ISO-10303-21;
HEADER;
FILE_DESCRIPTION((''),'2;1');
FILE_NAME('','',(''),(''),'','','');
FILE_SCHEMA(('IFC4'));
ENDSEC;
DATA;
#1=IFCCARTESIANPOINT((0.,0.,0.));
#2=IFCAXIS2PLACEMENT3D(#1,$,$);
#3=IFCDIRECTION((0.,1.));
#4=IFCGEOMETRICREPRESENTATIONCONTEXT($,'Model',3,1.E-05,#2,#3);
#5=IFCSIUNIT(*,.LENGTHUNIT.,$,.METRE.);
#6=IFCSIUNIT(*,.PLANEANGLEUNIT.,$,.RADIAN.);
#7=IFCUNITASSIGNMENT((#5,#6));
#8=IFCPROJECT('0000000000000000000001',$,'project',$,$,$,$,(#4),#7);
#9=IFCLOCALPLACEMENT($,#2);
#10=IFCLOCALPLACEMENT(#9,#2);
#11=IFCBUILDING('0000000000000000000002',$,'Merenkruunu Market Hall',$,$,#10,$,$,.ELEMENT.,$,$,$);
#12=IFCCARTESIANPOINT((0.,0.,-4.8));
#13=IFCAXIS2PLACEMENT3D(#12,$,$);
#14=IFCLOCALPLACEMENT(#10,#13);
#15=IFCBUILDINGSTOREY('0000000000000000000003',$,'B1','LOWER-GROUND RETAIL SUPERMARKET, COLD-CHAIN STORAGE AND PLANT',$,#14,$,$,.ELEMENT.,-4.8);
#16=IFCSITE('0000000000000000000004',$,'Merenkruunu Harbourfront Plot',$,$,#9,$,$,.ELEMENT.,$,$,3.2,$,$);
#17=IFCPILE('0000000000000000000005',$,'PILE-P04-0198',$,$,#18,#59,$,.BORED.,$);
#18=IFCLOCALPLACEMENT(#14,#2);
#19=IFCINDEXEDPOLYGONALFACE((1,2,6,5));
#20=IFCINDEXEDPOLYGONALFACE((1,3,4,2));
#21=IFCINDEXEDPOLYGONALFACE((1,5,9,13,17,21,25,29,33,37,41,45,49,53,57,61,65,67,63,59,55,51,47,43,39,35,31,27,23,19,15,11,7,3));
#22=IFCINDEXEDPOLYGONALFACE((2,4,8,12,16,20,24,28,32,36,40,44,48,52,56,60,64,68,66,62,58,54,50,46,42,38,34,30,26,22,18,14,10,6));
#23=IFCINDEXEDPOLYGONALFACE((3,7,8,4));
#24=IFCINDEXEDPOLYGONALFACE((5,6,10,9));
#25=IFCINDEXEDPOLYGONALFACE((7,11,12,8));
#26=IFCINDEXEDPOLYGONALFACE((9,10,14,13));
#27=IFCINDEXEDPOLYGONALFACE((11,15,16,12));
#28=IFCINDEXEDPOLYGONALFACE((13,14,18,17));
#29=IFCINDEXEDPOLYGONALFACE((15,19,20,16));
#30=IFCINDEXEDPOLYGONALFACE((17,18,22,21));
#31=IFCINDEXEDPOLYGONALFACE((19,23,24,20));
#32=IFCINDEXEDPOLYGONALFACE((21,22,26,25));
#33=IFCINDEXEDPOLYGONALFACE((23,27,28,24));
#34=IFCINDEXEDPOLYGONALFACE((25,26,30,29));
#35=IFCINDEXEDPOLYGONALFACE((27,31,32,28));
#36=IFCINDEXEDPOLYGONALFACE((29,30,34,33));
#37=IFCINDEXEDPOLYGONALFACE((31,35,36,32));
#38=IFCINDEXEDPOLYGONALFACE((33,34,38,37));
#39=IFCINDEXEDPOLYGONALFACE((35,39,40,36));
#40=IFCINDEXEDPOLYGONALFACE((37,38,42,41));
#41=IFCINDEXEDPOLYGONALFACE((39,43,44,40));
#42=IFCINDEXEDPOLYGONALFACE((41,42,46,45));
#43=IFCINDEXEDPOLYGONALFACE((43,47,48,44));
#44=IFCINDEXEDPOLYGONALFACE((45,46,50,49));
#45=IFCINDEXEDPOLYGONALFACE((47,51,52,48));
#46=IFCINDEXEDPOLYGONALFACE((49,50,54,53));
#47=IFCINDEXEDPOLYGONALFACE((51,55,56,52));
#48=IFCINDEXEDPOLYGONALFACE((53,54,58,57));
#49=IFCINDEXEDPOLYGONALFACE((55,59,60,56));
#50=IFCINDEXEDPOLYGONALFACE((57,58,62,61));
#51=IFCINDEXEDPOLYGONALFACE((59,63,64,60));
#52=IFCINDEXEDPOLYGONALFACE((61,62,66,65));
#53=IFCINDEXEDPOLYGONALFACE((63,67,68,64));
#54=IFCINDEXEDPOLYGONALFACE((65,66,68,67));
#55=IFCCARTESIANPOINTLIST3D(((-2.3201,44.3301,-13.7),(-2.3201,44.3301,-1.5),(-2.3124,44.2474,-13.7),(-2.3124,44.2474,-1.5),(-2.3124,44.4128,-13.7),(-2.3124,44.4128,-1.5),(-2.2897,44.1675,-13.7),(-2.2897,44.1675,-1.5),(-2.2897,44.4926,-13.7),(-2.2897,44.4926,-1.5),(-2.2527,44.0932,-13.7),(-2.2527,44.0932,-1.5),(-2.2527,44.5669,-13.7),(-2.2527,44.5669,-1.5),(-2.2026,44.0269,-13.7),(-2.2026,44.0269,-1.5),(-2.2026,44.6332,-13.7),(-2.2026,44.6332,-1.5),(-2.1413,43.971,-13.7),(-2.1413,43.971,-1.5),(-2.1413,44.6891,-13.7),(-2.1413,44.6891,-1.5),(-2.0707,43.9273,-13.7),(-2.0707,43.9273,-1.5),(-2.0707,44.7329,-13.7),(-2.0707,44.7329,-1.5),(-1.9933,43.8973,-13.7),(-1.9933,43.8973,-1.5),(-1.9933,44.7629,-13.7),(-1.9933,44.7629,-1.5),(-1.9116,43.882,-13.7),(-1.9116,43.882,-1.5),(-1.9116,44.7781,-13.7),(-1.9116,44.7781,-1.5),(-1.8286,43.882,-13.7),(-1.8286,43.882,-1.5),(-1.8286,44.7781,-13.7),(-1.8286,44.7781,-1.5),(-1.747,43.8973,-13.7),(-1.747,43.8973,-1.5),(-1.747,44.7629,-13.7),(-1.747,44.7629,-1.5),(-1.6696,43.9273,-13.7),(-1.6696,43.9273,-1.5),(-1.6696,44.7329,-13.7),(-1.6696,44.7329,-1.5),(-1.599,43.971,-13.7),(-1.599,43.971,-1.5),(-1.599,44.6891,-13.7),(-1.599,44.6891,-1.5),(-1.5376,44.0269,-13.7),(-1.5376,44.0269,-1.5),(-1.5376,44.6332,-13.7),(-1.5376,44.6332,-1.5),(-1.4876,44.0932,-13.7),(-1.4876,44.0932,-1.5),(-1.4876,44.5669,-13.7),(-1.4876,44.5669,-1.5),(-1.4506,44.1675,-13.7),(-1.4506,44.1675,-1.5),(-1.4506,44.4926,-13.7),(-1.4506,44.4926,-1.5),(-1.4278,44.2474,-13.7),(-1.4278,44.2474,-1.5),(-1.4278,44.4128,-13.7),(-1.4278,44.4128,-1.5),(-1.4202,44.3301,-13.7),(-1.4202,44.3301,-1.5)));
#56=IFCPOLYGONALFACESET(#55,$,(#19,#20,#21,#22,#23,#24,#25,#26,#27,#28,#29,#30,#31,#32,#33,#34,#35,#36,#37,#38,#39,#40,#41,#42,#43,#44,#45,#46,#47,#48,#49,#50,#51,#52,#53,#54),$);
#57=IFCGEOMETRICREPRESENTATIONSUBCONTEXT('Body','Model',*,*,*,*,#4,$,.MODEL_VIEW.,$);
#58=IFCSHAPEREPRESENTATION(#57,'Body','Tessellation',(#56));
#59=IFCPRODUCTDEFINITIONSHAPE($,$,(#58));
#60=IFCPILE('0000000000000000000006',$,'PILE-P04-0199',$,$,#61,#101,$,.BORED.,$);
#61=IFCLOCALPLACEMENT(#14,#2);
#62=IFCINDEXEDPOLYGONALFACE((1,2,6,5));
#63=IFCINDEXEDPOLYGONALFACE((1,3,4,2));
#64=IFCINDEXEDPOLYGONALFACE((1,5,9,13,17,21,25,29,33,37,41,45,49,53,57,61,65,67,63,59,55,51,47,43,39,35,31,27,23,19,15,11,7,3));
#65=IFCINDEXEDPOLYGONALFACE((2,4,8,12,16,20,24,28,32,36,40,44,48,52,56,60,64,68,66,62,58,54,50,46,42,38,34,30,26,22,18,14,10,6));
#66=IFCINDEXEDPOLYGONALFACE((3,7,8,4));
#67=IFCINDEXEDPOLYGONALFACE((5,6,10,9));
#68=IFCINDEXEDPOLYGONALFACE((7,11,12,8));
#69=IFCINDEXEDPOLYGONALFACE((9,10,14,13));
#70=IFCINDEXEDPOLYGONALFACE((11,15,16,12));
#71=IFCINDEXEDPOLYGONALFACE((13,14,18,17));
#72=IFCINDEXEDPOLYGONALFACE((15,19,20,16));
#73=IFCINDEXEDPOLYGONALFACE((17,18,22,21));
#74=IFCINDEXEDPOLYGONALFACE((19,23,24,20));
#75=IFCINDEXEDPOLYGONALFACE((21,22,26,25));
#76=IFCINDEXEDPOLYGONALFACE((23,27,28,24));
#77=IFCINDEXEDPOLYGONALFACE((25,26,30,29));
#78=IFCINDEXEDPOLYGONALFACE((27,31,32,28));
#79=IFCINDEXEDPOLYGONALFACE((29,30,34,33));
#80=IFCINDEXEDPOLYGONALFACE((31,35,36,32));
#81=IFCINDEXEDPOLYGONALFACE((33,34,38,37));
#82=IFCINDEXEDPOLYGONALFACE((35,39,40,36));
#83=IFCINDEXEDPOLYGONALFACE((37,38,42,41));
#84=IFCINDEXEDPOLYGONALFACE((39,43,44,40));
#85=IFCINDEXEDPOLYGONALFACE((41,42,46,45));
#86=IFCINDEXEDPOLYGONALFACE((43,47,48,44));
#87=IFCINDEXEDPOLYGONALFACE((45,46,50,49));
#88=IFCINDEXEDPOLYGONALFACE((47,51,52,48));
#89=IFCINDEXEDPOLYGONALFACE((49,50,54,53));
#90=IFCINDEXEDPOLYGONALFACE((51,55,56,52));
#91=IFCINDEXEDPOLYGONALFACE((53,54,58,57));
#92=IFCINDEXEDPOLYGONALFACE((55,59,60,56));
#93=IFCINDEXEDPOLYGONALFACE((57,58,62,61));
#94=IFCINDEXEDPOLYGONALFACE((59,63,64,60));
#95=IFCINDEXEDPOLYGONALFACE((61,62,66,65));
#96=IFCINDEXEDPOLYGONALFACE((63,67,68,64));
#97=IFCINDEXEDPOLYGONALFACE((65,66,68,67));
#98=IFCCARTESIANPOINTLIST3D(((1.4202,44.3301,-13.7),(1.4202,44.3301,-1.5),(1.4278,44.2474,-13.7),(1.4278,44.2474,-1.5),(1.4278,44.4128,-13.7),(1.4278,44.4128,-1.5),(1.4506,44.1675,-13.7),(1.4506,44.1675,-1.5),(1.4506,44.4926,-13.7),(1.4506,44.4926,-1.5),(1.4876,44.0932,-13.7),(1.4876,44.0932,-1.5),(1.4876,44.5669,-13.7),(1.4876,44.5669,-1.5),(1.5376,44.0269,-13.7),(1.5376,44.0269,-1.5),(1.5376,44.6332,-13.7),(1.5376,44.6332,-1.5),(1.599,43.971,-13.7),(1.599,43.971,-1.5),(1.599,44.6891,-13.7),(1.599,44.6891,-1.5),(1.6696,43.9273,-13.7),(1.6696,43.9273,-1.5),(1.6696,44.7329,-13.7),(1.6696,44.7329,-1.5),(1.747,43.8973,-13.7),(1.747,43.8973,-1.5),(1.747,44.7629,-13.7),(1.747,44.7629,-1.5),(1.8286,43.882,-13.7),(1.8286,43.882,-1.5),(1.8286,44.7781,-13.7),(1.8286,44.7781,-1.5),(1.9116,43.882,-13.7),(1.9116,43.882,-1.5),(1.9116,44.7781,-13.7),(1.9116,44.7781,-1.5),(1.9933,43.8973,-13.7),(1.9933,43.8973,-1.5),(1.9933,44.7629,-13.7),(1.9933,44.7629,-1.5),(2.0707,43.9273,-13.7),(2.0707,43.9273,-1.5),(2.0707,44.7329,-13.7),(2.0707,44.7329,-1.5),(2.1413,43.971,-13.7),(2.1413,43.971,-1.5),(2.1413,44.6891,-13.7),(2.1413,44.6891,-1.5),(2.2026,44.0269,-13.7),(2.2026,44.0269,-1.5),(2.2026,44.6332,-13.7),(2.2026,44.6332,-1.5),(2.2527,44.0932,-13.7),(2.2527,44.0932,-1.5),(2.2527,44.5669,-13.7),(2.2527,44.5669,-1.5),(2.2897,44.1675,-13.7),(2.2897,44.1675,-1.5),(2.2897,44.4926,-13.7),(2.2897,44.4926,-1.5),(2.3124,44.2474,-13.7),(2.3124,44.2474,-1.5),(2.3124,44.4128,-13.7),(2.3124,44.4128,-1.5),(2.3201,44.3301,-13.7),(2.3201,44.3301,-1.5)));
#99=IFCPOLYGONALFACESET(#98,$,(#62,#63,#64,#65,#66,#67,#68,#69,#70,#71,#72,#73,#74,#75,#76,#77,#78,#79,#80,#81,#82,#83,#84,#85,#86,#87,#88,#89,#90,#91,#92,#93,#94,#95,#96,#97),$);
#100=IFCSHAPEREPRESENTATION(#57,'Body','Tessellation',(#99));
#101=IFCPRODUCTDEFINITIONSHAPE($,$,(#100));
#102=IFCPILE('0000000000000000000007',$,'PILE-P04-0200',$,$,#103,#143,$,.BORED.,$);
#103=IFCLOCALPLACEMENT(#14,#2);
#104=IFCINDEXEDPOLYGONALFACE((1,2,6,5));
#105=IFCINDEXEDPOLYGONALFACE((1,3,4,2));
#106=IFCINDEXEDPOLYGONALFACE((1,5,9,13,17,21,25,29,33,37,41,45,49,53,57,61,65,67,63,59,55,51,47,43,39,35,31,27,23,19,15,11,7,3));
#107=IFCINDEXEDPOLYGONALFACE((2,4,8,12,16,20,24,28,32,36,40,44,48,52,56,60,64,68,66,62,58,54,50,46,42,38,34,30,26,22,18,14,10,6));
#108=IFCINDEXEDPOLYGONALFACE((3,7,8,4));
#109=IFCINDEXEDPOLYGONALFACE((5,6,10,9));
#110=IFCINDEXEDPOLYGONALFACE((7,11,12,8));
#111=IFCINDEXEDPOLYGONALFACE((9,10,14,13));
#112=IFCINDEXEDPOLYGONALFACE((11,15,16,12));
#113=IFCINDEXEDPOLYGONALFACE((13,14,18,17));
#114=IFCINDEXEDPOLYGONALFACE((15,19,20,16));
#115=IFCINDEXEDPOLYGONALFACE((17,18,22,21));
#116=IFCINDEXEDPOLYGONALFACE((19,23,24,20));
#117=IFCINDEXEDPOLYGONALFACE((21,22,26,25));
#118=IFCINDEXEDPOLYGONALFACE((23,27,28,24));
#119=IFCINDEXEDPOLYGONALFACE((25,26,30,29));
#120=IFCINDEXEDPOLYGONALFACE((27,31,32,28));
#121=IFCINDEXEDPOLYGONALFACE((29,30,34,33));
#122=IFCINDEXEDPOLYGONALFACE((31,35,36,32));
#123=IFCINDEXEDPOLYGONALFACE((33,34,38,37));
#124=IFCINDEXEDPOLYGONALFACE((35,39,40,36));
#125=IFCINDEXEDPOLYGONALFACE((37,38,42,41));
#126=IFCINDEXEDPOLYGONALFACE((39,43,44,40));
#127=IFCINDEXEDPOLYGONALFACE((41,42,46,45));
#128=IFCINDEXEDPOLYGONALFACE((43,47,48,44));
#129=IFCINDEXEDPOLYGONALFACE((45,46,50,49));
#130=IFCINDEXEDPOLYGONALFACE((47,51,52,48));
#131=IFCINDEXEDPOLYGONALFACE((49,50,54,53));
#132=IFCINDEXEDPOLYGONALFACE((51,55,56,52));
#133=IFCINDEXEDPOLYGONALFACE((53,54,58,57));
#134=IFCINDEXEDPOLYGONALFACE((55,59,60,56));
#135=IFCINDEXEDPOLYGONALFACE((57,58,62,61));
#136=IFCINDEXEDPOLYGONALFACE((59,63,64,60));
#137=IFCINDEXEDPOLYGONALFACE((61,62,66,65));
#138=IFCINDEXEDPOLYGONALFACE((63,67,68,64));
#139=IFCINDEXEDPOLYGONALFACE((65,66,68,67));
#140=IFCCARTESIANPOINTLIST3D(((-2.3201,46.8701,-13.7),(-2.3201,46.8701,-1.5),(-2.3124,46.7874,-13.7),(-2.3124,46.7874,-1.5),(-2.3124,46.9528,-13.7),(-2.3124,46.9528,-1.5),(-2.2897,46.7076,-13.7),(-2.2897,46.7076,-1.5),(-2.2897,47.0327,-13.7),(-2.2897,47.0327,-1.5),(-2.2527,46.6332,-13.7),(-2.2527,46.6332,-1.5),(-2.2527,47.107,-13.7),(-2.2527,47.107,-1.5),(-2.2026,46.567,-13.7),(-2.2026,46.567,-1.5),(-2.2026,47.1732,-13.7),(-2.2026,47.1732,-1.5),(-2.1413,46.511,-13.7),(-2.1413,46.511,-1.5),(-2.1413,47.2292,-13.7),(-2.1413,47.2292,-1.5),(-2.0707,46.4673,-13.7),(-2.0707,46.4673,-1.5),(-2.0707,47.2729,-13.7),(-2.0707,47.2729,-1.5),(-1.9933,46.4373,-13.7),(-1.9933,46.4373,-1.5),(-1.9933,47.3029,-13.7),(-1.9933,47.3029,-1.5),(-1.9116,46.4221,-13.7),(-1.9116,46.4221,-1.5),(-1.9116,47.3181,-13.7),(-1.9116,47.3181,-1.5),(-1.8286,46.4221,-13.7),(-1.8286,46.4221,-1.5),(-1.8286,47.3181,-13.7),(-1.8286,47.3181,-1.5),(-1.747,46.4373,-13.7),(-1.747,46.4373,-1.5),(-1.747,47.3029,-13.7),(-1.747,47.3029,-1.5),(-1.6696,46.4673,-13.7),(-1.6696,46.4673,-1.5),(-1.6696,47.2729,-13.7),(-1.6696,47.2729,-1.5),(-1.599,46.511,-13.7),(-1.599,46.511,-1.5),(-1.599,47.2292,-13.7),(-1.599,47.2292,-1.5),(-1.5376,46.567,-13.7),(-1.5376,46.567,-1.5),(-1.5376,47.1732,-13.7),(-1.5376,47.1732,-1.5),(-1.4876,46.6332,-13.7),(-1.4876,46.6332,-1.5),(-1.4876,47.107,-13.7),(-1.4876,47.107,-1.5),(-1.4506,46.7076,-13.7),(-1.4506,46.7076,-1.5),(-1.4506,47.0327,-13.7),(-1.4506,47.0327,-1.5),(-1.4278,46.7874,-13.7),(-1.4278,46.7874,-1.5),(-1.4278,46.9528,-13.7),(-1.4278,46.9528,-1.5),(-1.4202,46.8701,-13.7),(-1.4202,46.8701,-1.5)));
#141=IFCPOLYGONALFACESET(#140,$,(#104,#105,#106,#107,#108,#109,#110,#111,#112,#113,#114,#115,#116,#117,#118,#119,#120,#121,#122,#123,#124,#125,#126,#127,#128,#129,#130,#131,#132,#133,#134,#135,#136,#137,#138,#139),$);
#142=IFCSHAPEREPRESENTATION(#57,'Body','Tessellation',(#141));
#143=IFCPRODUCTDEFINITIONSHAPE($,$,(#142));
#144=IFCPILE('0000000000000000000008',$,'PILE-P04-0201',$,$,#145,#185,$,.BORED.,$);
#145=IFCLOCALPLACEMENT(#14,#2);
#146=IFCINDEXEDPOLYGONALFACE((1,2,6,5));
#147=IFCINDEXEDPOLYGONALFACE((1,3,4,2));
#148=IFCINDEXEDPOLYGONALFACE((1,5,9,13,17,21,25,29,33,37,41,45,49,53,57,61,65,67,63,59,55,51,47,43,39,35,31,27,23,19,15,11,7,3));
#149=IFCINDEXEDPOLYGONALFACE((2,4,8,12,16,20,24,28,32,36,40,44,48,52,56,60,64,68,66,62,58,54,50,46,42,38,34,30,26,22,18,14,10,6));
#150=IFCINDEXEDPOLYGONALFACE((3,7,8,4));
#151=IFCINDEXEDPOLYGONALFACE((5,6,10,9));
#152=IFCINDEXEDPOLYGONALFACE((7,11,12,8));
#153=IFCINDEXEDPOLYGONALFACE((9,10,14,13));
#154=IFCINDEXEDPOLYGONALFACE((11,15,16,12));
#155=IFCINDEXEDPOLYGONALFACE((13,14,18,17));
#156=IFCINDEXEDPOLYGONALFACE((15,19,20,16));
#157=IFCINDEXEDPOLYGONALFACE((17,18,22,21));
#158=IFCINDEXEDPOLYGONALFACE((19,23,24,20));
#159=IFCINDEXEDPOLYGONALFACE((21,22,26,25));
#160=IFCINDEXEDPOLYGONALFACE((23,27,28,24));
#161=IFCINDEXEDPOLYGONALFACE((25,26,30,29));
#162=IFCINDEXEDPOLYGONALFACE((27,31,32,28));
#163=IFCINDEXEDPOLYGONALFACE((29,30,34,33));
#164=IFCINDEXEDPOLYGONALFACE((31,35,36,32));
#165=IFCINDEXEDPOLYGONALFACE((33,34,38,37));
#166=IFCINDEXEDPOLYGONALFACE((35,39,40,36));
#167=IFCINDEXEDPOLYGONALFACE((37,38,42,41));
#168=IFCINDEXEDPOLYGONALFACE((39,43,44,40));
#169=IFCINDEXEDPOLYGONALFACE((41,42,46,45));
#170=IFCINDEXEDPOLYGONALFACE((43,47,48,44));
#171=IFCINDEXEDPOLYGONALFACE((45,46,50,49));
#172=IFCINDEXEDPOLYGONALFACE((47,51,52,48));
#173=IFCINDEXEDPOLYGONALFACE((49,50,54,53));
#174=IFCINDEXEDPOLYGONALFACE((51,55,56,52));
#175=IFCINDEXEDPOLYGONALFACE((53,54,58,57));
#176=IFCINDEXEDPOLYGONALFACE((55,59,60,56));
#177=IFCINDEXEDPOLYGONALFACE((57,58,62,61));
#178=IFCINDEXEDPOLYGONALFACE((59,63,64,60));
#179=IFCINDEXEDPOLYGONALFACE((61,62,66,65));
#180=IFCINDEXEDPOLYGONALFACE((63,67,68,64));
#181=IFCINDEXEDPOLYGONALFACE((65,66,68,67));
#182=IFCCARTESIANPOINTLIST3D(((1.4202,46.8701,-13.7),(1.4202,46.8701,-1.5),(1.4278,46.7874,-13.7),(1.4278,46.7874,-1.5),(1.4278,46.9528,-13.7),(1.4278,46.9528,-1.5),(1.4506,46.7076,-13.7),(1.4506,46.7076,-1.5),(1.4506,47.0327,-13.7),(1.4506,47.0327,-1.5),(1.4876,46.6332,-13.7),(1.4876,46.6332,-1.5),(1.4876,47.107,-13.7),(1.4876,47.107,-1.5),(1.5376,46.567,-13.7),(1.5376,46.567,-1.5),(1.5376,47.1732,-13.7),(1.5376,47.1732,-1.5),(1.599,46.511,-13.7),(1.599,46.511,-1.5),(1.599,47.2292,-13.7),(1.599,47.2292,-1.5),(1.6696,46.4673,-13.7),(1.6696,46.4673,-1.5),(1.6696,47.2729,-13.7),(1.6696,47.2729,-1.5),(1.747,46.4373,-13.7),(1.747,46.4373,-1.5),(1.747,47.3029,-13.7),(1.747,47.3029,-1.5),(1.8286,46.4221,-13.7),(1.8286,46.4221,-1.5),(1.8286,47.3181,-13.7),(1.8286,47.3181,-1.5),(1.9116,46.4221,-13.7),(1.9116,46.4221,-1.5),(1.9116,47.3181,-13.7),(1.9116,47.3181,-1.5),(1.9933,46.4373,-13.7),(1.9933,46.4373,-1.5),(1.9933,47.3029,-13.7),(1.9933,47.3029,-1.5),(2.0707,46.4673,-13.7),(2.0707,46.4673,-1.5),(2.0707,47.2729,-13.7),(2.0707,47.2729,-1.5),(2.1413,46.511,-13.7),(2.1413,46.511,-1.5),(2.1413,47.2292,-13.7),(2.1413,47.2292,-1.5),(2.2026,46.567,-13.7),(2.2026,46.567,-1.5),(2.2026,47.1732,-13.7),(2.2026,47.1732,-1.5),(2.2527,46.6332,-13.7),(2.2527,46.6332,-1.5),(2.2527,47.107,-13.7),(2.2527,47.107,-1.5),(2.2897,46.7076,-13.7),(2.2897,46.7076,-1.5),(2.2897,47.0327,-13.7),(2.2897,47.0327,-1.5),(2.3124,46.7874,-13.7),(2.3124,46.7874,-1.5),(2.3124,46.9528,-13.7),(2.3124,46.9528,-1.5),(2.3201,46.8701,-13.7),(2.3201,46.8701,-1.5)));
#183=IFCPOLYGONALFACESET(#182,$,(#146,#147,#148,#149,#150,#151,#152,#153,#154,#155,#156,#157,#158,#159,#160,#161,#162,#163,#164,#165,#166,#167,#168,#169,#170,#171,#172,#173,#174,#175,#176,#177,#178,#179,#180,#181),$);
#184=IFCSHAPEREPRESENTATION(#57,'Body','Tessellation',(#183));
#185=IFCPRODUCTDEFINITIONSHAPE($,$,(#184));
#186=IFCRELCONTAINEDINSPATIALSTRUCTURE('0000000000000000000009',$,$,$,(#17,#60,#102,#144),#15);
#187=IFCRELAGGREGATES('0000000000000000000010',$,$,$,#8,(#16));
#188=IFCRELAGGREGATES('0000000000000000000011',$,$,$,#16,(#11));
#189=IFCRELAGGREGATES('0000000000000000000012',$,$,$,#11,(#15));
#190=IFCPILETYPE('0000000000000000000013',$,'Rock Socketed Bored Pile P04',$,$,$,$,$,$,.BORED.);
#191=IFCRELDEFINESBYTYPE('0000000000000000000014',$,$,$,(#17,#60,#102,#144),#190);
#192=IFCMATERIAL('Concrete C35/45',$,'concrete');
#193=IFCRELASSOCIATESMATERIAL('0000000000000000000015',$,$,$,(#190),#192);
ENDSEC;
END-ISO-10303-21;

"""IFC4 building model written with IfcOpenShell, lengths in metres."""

from ifc_helpers import new_model, si_unit, direction, frame, origin, origin_2d, place, context, subcontext, project, spatial, circle, extrude, material, material_profile, profile_set, type_object, element, save


model = new_model("IFC4")

# Units and contexts
model_context = context("Model", 3, precision=1e-05, world=origin(), true_north=direction((0.0, 1.0)))
body_context = subcontext(model_context, "Body", "Model", "MODEL_VIEW")
ifc_project = project(units=[si_unit("LENGTHUNIT", "METRE"), si_unit("PLANEANGLEUNIT", "RADIAN")], contexts=[model_context])

# Site, building, storey
site_placement = place(None, origin())
site = spatial("IfcSite", under=ifc_project, at=site_placement, Name="Merenkruunu Harbourfront Plot", CompositionType="ELEMENT", RefElevation=3.2)
building_placement = place(site_placement, origin())
building = spatial("IfcBuilding", under=site, at=building_placement, Name="Merenkruunu Market Hall", CompositionType="ELEMENT")
storey_placement = place(building_placement, frame((0.0, 0.0, -4.8)))
storey = spatial("IfcBuildingStorey", under=building, at=storey_placement, Name="B1", Description="LOWER-GROUND RETAIL SUPERMARKET, COLD-CHAIN STORAGE AND PLANT", CompositionType="ELEMENT", Elevation=-4.8)

# Shared definitions
ifc_material_1 = material(Name="Concrete C35/45", Category="concrete")

# Piles
ifc_material_profile_1 = material_profile(ifc_material_1, circle(Radius=0.45, at=origin_2d()), Name="BORED PILE 900")
ifc_profile_set_1 = profile_set([ifc_material_profile_1], Name="Concrete C35/45")
pile_type_1 = type_object("IfcPileType", Name="Rock Socketed Bored Pile P04", PredefinedType="BORED", material=ifc_profile_set_1)
for number, where, z_axis, x_axis, name in (
    (1, (-1.8701, 44.3301, -1.5), (0.0, 0.0, -1.0), (1.0, 0.0, 0.0), "PILE-P04-0198"),
    (2, (1.8701, 44.3301, -1.5), (0.0, 0.0, -1.0), (1.0, 0.0, 0.0), "PILE-P04-0199"),
    (3, (-1.8701, 46.8701, -1.5), (0.0, 0.0, -1.0), (1.0, 0.0, 0.0), "PILE-P04-0200"),
    (4, (1.8701, 46.8701, -1.5), (0.0, 0.0, -1.0), (1.0, 0.0, 0.0), "PILE-P04-0201"),
):
    element("IfcPile", number, at=place(storey_placement, frame(where, z_axis=z_axis, x_axis=x_axis)), inside=storey, type_object=pile_type_1, Name=name, PredefinedType="BORED", context=body_context, shape_type="SweptSolid", body=[
        extrude(circle(Radius=0.45, at=origin_2d()), origin(), (0.0, 0.0, 1.0), 12.2),
    ])

save(model, "model.ifc")
